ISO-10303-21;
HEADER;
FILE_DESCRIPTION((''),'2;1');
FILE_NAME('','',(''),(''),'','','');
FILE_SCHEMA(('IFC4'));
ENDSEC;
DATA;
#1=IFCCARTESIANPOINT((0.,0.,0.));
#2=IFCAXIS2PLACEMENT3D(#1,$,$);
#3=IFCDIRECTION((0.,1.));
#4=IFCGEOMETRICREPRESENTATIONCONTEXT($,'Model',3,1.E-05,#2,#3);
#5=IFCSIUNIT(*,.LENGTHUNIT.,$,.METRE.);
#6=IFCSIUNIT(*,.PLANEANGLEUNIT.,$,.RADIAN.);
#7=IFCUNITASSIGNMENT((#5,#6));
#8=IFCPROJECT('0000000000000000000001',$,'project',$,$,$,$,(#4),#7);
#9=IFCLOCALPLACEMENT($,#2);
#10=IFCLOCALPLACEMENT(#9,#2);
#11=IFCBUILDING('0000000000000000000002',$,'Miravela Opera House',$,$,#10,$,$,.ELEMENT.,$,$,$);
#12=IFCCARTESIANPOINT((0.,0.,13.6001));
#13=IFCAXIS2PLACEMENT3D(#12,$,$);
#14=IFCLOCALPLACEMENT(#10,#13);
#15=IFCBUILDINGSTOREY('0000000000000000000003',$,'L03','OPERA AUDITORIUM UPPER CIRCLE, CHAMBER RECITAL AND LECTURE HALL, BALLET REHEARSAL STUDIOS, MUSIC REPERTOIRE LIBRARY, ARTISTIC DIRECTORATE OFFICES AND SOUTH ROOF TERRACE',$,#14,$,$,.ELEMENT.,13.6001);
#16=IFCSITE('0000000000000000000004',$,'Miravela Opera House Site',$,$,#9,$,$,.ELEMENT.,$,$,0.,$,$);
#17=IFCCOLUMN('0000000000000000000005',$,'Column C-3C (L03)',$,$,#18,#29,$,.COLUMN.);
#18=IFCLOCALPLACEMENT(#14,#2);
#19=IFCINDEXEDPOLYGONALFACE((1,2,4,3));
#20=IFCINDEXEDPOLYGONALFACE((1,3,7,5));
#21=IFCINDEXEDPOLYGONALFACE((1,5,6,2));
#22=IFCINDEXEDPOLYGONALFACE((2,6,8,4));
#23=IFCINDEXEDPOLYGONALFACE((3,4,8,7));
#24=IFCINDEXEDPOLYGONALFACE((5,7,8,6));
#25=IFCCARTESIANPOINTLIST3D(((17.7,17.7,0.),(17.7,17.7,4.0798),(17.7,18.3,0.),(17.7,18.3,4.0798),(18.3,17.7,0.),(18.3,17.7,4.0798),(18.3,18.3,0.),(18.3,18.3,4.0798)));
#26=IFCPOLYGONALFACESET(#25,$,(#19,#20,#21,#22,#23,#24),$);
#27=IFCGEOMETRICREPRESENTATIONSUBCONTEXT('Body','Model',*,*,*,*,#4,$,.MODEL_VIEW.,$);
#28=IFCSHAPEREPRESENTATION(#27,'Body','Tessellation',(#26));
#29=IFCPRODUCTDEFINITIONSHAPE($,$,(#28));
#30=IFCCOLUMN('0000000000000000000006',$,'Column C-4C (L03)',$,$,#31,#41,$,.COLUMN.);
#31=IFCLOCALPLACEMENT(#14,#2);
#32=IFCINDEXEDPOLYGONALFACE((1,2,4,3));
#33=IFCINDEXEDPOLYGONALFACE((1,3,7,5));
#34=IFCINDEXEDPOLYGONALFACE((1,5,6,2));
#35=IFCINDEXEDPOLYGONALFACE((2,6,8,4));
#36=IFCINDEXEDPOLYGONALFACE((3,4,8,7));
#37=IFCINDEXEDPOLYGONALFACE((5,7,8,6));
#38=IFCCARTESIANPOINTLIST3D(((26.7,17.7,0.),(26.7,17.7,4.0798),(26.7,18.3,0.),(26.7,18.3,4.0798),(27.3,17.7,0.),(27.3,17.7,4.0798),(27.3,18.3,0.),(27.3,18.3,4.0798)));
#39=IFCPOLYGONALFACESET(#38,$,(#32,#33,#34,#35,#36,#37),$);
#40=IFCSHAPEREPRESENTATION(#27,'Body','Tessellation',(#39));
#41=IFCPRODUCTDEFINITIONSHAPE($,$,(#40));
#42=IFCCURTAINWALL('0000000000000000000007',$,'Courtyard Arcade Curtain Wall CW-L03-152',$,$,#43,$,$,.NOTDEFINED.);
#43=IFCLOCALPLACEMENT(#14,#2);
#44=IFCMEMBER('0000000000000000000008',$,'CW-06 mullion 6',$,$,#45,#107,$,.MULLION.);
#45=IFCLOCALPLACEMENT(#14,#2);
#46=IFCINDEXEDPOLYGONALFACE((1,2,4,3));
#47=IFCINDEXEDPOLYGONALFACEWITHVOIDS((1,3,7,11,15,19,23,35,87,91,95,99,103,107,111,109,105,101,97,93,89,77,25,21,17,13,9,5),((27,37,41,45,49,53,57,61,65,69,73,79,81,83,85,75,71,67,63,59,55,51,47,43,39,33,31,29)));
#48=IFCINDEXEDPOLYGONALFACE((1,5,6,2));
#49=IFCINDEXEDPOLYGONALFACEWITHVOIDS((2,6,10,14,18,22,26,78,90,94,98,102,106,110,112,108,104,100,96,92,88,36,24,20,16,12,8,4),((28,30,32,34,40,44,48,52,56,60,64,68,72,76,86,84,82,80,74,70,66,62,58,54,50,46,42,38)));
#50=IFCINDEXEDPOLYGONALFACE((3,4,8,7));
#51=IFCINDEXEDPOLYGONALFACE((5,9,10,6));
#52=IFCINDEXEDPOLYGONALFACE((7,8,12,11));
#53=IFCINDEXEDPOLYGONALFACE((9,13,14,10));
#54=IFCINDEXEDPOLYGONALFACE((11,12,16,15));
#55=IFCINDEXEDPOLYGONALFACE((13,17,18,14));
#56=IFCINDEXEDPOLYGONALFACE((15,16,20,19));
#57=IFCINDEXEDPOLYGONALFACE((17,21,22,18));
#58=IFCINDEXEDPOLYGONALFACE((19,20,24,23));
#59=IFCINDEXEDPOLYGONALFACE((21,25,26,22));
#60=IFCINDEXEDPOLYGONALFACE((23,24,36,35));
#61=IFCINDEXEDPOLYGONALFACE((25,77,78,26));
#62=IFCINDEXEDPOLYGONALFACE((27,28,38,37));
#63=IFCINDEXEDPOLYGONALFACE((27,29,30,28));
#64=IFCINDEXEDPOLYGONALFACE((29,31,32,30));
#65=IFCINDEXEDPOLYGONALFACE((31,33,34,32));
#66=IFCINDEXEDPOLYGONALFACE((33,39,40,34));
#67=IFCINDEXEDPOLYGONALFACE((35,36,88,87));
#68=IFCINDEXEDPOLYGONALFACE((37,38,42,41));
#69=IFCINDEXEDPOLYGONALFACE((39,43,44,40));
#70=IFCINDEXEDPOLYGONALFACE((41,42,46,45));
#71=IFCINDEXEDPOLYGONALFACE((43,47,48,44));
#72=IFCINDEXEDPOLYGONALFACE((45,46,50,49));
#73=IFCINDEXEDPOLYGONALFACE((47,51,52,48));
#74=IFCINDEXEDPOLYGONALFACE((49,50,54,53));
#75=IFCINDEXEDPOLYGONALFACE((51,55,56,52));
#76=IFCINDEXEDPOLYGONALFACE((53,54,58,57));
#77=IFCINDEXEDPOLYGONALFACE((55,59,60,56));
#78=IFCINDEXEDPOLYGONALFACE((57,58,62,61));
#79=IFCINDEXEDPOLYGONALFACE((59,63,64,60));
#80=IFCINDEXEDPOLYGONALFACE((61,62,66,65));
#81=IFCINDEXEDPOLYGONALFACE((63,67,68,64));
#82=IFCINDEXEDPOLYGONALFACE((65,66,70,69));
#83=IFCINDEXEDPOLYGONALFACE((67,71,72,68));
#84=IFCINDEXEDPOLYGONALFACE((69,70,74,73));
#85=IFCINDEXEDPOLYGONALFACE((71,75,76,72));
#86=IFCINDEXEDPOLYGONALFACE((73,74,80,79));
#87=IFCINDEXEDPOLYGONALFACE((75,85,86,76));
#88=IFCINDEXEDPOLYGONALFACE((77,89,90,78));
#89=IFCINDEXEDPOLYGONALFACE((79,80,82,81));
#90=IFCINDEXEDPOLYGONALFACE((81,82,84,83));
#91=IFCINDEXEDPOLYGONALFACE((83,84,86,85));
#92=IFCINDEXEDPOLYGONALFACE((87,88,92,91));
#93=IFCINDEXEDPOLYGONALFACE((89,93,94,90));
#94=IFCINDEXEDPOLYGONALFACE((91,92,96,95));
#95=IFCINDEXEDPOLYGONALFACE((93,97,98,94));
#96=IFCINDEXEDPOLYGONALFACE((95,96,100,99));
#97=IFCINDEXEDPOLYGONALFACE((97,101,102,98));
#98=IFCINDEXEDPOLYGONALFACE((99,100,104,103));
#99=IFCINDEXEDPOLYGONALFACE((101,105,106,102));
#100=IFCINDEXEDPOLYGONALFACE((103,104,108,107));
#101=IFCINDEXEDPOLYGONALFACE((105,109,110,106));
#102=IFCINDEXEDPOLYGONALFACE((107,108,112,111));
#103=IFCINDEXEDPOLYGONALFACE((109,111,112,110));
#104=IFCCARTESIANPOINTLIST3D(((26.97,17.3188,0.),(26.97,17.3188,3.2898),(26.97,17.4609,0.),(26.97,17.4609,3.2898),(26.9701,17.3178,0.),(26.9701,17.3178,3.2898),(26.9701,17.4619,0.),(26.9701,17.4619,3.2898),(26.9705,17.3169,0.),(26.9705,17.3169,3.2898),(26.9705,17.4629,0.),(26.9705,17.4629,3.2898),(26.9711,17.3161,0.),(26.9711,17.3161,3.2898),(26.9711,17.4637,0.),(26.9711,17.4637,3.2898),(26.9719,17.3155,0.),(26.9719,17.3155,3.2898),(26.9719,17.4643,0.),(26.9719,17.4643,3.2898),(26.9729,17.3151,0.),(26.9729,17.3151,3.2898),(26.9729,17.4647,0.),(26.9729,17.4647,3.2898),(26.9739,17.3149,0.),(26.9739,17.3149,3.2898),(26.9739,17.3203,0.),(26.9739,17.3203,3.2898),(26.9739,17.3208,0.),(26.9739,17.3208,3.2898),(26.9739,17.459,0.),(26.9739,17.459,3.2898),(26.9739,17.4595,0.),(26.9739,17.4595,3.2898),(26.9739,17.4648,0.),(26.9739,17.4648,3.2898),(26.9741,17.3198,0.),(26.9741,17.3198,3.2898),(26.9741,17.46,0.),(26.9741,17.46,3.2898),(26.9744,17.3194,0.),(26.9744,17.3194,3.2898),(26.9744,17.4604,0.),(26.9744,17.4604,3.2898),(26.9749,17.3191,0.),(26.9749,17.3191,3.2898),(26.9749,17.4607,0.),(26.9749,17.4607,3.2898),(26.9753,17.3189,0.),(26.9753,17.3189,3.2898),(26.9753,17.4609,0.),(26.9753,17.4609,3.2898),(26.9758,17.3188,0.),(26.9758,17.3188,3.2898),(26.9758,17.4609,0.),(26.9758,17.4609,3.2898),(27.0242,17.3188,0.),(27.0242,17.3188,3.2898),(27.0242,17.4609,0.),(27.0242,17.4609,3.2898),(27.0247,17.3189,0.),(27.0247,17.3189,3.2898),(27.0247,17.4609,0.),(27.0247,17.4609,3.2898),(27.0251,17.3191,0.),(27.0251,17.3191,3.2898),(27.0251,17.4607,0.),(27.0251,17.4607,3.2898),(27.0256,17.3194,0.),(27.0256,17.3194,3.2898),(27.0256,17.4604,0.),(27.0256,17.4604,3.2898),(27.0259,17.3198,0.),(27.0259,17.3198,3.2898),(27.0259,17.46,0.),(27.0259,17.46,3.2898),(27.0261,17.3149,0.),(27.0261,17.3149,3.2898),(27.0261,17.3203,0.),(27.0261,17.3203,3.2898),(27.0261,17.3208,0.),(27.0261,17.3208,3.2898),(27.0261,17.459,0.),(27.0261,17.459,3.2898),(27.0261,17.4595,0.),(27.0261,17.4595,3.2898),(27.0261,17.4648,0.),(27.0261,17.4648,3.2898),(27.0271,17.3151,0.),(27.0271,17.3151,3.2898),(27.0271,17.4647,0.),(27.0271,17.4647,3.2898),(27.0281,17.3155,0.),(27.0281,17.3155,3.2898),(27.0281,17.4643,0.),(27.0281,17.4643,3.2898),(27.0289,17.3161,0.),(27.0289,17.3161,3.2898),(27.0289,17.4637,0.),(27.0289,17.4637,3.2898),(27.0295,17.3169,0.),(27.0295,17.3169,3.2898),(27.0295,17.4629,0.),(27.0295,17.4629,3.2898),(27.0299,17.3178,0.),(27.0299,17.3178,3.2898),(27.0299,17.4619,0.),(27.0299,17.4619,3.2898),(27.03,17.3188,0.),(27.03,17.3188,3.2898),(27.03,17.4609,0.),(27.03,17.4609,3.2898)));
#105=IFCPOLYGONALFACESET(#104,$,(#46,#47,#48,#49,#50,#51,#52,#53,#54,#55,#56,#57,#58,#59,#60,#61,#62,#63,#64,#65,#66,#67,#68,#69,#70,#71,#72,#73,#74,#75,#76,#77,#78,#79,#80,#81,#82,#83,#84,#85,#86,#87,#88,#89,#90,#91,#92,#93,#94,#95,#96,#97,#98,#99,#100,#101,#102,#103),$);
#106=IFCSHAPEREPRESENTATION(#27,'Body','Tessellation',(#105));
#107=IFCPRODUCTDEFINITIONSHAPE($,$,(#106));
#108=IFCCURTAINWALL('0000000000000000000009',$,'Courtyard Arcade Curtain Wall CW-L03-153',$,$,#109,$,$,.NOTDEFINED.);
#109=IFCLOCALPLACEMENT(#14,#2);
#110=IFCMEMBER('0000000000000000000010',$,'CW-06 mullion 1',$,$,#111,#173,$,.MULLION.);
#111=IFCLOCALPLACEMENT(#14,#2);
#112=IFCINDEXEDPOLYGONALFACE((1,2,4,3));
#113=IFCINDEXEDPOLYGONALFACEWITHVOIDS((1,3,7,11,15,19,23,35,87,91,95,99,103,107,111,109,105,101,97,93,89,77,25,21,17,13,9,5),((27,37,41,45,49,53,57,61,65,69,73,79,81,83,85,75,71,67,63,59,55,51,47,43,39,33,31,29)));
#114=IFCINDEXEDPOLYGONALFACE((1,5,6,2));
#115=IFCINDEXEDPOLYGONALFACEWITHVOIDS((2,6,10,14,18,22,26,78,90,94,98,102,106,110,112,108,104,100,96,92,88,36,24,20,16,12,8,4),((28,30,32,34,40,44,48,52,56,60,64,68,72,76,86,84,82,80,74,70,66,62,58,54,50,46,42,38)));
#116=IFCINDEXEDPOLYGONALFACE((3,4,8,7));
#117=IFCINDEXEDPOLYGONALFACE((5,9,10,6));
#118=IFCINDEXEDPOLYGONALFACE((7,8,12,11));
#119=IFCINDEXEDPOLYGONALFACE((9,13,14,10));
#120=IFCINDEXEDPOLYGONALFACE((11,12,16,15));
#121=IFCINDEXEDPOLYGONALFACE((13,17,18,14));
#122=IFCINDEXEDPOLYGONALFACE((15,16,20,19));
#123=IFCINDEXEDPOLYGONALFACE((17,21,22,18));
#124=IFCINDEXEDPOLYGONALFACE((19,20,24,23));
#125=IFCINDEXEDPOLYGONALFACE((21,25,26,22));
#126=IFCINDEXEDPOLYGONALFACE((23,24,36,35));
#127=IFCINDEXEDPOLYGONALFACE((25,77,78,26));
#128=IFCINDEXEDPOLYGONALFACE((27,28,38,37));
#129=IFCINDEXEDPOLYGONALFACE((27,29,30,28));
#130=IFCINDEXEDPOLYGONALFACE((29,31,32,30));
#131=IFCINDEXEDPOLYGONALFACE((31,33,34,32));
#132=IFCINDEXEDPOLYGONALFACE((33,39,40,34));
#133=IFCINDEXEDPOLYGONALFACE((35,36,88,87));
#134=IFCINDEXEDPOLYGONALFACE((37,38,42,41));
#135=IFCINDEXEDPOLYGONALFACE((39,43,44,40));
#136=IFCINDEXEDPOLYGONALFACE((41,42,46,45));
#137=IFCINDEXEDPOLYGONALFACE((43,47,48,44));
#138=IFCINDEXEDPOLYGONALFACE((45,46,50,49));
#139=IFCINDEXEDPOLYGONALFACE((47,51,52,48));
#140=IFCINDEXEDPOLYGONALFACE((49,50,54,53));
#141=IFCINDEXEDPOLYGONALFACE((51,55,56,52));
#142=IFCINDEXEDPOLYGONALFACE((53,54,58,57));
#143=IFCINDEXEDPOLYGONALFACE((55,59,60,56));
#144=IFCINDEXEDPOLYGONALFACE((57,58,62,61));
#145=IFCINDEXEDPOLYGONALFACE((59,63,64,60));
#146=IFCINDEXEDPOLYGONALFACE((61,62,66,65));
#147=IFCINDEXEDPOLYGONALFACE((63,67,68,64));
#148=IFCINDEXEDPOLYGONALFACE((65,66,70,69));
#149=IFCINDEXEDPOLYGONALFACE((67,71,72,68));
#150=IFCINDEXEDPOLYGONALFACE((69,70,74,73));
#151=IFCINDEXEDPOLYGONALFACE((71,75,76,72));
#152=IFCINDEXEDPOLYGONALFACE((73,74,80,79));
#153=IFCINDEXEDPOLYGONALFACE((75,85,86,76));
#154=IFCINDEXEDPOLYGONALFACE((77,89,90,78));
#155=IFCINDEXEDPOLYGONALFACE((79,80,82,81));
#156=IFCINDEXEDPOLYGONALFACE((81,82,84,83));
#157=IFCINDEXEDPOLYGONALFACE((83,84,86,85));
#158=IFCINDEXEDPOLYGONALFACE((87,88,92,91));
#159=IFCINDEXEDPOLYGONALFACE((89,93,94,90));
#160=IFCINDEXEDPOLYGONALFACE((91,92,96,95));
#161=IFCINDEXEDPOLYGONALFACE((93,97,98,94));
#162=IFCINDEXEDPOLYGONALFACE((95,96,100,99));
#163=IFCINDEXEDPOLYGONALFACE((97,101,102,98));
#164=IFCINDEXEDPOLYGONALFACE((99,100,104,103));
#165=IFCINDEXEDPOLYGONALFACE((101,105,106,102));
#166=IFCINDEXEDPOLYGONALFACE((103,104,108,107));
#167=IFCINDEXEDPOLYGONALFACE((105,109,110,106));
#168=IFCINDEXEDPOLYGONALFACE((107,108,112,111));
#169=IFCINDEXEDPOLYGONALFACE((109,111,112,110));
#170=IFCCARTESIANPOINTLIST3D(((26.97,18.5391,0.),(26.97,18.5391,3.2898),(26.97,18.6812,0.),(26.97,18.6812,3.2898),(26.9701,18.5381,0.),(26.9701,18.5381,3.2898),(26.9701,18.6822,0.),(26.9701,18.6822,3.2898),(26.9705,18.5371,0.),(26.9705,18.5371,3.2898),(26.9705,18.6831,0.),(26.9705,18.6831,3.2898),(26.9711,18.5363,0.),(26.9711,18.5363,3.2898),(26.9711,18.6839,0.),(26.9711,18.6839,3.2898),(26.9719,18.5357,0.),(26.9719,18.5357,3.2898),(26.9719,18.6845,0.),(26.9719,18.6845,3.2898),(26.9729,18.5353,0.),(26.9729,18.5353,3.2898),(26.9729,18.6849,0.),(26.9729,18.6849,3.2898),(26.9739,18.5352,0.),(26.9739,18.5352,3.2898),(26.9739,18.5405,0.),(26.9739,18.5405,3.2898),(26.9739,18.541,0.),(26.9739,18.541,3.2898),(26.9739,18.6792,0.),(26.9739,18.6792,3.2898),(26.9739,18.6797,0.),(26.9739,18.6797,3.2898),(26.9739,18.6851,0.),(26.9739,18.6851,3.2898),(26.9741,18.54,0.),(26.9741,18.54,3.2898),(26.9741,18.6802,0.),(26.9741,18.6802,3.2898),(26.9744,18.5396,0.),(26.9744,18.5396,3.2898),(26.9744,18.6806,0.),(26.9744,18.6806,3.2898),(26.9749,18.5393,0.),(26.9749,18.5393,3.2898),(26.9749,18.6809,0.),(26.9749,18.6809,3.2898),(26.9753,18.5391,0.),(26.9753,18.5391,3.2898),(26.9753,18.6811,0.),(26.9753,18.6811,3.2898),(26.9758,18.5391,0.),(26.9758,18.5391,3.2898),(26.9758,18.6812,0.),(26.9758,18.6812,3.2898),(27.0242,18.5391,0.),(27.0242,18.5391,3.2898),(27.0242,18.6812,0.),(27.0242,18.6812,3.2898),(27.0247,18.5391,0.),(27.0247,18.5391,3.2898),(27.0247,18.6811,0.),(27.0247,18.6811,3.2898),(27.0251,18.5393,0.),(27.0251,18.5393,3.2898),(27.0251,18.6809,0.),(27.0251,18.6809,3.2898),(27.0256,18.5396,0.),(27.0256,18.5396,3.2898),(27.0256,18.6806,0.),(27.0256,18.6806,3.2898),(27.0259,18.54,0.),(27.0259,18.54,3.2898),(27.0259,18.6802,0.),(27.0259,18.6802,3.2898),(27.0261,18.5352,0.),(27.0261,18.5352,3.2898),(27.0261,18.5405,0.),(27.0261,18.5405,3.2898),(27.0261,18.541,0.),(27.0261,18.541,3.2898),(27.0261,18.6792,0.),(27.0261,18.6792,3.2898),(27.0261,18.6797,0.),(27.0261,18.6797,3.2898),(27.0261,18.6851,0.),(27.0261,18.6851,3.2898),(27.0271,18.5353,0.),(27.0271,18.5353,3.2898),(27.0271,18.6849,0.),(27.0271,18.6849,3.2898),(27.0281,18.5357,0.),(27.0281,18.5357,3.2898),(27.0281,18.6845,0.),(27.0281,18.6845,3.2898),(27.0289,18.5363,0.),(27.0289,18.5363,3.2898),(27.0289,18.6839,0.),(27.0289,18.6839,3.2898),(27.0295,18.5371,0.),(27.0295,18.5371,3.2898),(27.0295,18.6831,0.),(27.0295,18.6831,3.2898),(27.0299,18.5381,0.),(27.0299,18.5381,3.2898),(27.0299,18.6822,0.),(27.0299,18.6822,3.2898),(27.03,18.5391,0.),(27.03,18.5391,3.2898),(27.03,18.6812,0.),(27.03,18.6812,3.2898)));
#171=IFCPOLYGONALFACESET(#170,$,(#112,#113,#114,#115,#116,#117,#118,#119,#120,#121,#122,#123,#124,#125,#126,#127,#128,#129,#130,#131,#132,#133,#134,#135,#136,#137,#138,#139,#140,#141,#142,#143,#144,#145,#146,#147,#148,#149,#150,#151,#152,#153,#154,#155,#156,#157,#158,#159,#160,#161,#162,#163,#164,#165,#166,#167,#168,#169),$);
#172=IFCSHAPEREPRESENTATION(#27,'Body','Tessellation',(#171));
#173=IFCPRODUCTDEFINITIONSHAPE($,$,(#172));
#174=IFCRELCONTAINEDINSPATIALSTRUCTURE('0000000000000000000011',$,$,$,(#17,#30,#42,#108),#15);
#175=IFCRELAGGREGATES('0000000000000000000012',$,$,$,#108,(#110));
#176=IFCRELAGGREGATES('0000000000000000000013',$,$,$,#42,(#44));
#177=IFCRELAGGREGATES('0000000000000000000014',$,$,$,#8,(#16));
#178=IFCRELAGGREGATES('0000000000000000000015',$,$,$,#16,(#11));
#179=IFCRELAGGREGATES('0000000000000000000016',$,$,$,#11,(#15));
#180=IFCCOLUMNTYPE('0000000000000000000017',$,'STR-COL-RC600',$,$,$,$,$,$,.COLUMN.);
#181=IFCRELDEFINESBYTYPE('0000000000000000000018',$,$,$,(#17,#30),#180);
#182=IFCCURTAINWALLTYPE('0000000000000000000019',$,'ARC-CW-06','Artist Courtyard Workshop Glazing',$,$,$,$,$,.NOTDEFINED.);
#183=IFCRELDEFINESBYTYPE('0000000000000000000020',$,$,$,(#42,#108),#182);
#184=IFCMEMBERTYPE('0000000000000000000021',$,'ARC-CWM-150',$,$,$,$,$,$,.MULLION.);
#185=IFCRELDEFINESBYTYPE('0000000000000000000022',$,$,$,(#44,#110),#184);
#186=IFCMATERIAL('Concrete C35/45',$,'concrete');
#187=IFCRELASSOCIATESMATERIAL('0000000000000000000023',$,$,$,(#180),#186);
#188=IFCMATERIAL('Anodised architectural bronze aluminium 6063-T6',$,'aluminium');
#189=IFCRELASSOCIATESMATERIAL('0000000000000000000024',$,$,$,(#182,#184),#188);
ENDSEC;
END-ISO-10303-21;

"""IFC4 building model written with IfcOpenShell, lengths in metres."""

from ifc_helpers import new_model, si_unit, direction, frame, origin, origin_2d, place, context, subcontext, project, spatial, rectangle, hollow_rectangle, extrude, material, material_profile, profile_set, type_object, element, aggregate, save


model = new_model("IFC4")

# Units and contexts
model_context = context("Model", 3, precision=1e-05, world=origin(), true_north=direction((0.0, 1.0)))
body_context = subcontext(model_context, "Body", "Model", "MODEL_VIEW")
ifc_project = project(units=[si_unit("LENGTHUNIT", "METRE"), si_unit("PLANEANGLEUNIT", "RADIAN")], contexts=[model_context])

# Site, building, storey
site_placement = place(None, origin())
site = spatial("IfcSite", under=ifc_project, at=site_placement, Name="Miravela Opera House Site", CompositionType="ELEMENT", RefElevation=0.0)
building_placement = place(site_placement, origin())
building = spatial("IfcBuilding", under=site, at=building_placement, Name="Miravela Opera House", CompositionType="ELEMENT")
storey_placement = place(building_placement, frame((0.0, 0.0, 13.6001)))
storey = spatial("IfcBuildingStorey", under=building, at=storey_placement, Name="L03", Description="OPERA AUDITORIUM UPPER CIRCLE, CHAMBER RECITAL AND LECTURE HALL, BALLET REHEARSAL STUDIOS, MUSIC REPERTOIRE LIBRARY, ARTISTIC DIRECTORATE OFFICES AND SOUTH ROOF TERRACE", CompositionType="ELEMENT", Elevation=13.6001)

# Columns
ifc_material_1 = material(Name="Concrete C35/45", Category="concrete")
ifc_material_profile_1 = material_profile(ifc_material_1, rectangle(XDim=0.6001, YDim=0.6001, at=origin_2d()), Name="RC-COL-600X600")
ifc_profile_set_1 = profile_set([ifc_material_profile_1])
column_type = type_object("IfcColumnType", Name="STR-COL-RC600", PredefinedType="COLUMN", material=ifc_profile_set_1)
for number, where, z_axis, x_axis, name in (
    (1, (18.0, 18.0, 0.0), (0.0, 0.0, 1.0), (1.0, 0.0, 0.0), "Column C-3C (L03)"),
    (2, (27.0, 18.0, 0.0), (0.0, 0.0, 1.0), (1.0, 0.0, 0.0), "Column C-4C (L03)"),
):
    element("IfcColumn", number, at=place(storey_placement, frame(where, z_axis=z_axis, x_axis=x_axis)), inside=storey, type_object=column_type, Name=name, PredefinedType="COLUMN", context=body_context, shape_type="SweptSolid", body=[
        extrude(rectangle(XDim=0.6001, YDim=0.6001, at=origin_2d()), origin(), (0.0, 0.0, 1.0), 4.0798),
    ])

# Curtain walls, members
ifc_material_2 = material(Name="Anodised architectural bronze aluminium 6063-T6", Category="aluminium")
curtain_wall_type = type_object("IfcCurtainWallType", Name="ARC-CW-06", Description="Artist Courtyard Workshop Glazing", PredefinedType="NOTDEFINED", material=ifc_material_2)
curtain_wall_1_placement = place(storey_placement, origin())
curtain_wall_1 = element("IfcCurtainWall", 3, at=curtain_wall_1_placement, inside=storey, type_object=curtain_wall_type, Name="Courtyard Arcade Curtain Wall CW-L03-152", PredefinedType="NOTDEFINED")
ifc_material_profile_2 = material_profile(ifc_material_2, hollow_rectangle(XDim=0.0601, YDim=0.1499, WallThickness=0.0039, InnerFilletRadius=0.002, OuterFilletRadius=0.0039, at=origin_2d()), Name="CWM-60X150")
ifc_profile_set_2 = profile_set([ifc_material_profile_2])
member_type_1 = type_object("IfcMemberType", Name="ARC-CWM-150", PredefinedType="MULLION", material=ifc_profile_set_2)
member_1_placement = place(storey_placement, frame((27.0, 17.3899, 0.0), z_axis=(0.0, 0.0, 1.0), x_axis=(-1.0, 0.0, 0.0)))
member_1 = element("IfcMember", 4, at=member_1_placement, type_object=member_type_1, Name="CW-06 mullion 6", PredefinedType="MULLION", context=body_context, shape_type="SweptSolid", body=[
    extrude(hollow_rectangle(XDim=0.0601, YDim=0.1499, WallThickness=0.0039, InnerFilletRadius=0.002, OuterFilletRadius=0.0039, at=origin_2d()), origin(), (0.0, 0.0, 1.0), 3.2898),
])
curtain_wall_2_placement = place(storey_placement, origin())
curtain_wall_2 = element("IfcCurtainWall", 5, at=curtain_wall_2_placement, inside=storey, type_object=curtain_wall_type, Name="Courtyard Arcade Curtain Wall CW-L03-153", PredefinedType="NOTDEFINED")
member_2_placement = place(storey_placement, frame((27.0, 18.6101, 0.0), z_axis=(0.0, 0.0, 1.0), x_axis=(-1.0, 0.0, 0.0)))
member_2 = element("IfcMember", 6, at=member_2_placement, type_object=member_type_1, Name="CW-06 mullion 1", PredefinedType="MULLION", context=body_context, shape_type="SweptSolid", body=[
    extrude(hollow_rectangle(XDim=0.0601, YDim=0.1499, WallThickness=0.0039, InnerFilletRadius=0.002, OuterFilletRadius=0.0039, at=origin_2d()), origin(), (0.0, 0.0, 1.0), 3.2898),
])

aggregate(curtain_wall_2, [member_2])

aggregate(curtain_wall_1, [member_1])

save(model, "model.ifc")
